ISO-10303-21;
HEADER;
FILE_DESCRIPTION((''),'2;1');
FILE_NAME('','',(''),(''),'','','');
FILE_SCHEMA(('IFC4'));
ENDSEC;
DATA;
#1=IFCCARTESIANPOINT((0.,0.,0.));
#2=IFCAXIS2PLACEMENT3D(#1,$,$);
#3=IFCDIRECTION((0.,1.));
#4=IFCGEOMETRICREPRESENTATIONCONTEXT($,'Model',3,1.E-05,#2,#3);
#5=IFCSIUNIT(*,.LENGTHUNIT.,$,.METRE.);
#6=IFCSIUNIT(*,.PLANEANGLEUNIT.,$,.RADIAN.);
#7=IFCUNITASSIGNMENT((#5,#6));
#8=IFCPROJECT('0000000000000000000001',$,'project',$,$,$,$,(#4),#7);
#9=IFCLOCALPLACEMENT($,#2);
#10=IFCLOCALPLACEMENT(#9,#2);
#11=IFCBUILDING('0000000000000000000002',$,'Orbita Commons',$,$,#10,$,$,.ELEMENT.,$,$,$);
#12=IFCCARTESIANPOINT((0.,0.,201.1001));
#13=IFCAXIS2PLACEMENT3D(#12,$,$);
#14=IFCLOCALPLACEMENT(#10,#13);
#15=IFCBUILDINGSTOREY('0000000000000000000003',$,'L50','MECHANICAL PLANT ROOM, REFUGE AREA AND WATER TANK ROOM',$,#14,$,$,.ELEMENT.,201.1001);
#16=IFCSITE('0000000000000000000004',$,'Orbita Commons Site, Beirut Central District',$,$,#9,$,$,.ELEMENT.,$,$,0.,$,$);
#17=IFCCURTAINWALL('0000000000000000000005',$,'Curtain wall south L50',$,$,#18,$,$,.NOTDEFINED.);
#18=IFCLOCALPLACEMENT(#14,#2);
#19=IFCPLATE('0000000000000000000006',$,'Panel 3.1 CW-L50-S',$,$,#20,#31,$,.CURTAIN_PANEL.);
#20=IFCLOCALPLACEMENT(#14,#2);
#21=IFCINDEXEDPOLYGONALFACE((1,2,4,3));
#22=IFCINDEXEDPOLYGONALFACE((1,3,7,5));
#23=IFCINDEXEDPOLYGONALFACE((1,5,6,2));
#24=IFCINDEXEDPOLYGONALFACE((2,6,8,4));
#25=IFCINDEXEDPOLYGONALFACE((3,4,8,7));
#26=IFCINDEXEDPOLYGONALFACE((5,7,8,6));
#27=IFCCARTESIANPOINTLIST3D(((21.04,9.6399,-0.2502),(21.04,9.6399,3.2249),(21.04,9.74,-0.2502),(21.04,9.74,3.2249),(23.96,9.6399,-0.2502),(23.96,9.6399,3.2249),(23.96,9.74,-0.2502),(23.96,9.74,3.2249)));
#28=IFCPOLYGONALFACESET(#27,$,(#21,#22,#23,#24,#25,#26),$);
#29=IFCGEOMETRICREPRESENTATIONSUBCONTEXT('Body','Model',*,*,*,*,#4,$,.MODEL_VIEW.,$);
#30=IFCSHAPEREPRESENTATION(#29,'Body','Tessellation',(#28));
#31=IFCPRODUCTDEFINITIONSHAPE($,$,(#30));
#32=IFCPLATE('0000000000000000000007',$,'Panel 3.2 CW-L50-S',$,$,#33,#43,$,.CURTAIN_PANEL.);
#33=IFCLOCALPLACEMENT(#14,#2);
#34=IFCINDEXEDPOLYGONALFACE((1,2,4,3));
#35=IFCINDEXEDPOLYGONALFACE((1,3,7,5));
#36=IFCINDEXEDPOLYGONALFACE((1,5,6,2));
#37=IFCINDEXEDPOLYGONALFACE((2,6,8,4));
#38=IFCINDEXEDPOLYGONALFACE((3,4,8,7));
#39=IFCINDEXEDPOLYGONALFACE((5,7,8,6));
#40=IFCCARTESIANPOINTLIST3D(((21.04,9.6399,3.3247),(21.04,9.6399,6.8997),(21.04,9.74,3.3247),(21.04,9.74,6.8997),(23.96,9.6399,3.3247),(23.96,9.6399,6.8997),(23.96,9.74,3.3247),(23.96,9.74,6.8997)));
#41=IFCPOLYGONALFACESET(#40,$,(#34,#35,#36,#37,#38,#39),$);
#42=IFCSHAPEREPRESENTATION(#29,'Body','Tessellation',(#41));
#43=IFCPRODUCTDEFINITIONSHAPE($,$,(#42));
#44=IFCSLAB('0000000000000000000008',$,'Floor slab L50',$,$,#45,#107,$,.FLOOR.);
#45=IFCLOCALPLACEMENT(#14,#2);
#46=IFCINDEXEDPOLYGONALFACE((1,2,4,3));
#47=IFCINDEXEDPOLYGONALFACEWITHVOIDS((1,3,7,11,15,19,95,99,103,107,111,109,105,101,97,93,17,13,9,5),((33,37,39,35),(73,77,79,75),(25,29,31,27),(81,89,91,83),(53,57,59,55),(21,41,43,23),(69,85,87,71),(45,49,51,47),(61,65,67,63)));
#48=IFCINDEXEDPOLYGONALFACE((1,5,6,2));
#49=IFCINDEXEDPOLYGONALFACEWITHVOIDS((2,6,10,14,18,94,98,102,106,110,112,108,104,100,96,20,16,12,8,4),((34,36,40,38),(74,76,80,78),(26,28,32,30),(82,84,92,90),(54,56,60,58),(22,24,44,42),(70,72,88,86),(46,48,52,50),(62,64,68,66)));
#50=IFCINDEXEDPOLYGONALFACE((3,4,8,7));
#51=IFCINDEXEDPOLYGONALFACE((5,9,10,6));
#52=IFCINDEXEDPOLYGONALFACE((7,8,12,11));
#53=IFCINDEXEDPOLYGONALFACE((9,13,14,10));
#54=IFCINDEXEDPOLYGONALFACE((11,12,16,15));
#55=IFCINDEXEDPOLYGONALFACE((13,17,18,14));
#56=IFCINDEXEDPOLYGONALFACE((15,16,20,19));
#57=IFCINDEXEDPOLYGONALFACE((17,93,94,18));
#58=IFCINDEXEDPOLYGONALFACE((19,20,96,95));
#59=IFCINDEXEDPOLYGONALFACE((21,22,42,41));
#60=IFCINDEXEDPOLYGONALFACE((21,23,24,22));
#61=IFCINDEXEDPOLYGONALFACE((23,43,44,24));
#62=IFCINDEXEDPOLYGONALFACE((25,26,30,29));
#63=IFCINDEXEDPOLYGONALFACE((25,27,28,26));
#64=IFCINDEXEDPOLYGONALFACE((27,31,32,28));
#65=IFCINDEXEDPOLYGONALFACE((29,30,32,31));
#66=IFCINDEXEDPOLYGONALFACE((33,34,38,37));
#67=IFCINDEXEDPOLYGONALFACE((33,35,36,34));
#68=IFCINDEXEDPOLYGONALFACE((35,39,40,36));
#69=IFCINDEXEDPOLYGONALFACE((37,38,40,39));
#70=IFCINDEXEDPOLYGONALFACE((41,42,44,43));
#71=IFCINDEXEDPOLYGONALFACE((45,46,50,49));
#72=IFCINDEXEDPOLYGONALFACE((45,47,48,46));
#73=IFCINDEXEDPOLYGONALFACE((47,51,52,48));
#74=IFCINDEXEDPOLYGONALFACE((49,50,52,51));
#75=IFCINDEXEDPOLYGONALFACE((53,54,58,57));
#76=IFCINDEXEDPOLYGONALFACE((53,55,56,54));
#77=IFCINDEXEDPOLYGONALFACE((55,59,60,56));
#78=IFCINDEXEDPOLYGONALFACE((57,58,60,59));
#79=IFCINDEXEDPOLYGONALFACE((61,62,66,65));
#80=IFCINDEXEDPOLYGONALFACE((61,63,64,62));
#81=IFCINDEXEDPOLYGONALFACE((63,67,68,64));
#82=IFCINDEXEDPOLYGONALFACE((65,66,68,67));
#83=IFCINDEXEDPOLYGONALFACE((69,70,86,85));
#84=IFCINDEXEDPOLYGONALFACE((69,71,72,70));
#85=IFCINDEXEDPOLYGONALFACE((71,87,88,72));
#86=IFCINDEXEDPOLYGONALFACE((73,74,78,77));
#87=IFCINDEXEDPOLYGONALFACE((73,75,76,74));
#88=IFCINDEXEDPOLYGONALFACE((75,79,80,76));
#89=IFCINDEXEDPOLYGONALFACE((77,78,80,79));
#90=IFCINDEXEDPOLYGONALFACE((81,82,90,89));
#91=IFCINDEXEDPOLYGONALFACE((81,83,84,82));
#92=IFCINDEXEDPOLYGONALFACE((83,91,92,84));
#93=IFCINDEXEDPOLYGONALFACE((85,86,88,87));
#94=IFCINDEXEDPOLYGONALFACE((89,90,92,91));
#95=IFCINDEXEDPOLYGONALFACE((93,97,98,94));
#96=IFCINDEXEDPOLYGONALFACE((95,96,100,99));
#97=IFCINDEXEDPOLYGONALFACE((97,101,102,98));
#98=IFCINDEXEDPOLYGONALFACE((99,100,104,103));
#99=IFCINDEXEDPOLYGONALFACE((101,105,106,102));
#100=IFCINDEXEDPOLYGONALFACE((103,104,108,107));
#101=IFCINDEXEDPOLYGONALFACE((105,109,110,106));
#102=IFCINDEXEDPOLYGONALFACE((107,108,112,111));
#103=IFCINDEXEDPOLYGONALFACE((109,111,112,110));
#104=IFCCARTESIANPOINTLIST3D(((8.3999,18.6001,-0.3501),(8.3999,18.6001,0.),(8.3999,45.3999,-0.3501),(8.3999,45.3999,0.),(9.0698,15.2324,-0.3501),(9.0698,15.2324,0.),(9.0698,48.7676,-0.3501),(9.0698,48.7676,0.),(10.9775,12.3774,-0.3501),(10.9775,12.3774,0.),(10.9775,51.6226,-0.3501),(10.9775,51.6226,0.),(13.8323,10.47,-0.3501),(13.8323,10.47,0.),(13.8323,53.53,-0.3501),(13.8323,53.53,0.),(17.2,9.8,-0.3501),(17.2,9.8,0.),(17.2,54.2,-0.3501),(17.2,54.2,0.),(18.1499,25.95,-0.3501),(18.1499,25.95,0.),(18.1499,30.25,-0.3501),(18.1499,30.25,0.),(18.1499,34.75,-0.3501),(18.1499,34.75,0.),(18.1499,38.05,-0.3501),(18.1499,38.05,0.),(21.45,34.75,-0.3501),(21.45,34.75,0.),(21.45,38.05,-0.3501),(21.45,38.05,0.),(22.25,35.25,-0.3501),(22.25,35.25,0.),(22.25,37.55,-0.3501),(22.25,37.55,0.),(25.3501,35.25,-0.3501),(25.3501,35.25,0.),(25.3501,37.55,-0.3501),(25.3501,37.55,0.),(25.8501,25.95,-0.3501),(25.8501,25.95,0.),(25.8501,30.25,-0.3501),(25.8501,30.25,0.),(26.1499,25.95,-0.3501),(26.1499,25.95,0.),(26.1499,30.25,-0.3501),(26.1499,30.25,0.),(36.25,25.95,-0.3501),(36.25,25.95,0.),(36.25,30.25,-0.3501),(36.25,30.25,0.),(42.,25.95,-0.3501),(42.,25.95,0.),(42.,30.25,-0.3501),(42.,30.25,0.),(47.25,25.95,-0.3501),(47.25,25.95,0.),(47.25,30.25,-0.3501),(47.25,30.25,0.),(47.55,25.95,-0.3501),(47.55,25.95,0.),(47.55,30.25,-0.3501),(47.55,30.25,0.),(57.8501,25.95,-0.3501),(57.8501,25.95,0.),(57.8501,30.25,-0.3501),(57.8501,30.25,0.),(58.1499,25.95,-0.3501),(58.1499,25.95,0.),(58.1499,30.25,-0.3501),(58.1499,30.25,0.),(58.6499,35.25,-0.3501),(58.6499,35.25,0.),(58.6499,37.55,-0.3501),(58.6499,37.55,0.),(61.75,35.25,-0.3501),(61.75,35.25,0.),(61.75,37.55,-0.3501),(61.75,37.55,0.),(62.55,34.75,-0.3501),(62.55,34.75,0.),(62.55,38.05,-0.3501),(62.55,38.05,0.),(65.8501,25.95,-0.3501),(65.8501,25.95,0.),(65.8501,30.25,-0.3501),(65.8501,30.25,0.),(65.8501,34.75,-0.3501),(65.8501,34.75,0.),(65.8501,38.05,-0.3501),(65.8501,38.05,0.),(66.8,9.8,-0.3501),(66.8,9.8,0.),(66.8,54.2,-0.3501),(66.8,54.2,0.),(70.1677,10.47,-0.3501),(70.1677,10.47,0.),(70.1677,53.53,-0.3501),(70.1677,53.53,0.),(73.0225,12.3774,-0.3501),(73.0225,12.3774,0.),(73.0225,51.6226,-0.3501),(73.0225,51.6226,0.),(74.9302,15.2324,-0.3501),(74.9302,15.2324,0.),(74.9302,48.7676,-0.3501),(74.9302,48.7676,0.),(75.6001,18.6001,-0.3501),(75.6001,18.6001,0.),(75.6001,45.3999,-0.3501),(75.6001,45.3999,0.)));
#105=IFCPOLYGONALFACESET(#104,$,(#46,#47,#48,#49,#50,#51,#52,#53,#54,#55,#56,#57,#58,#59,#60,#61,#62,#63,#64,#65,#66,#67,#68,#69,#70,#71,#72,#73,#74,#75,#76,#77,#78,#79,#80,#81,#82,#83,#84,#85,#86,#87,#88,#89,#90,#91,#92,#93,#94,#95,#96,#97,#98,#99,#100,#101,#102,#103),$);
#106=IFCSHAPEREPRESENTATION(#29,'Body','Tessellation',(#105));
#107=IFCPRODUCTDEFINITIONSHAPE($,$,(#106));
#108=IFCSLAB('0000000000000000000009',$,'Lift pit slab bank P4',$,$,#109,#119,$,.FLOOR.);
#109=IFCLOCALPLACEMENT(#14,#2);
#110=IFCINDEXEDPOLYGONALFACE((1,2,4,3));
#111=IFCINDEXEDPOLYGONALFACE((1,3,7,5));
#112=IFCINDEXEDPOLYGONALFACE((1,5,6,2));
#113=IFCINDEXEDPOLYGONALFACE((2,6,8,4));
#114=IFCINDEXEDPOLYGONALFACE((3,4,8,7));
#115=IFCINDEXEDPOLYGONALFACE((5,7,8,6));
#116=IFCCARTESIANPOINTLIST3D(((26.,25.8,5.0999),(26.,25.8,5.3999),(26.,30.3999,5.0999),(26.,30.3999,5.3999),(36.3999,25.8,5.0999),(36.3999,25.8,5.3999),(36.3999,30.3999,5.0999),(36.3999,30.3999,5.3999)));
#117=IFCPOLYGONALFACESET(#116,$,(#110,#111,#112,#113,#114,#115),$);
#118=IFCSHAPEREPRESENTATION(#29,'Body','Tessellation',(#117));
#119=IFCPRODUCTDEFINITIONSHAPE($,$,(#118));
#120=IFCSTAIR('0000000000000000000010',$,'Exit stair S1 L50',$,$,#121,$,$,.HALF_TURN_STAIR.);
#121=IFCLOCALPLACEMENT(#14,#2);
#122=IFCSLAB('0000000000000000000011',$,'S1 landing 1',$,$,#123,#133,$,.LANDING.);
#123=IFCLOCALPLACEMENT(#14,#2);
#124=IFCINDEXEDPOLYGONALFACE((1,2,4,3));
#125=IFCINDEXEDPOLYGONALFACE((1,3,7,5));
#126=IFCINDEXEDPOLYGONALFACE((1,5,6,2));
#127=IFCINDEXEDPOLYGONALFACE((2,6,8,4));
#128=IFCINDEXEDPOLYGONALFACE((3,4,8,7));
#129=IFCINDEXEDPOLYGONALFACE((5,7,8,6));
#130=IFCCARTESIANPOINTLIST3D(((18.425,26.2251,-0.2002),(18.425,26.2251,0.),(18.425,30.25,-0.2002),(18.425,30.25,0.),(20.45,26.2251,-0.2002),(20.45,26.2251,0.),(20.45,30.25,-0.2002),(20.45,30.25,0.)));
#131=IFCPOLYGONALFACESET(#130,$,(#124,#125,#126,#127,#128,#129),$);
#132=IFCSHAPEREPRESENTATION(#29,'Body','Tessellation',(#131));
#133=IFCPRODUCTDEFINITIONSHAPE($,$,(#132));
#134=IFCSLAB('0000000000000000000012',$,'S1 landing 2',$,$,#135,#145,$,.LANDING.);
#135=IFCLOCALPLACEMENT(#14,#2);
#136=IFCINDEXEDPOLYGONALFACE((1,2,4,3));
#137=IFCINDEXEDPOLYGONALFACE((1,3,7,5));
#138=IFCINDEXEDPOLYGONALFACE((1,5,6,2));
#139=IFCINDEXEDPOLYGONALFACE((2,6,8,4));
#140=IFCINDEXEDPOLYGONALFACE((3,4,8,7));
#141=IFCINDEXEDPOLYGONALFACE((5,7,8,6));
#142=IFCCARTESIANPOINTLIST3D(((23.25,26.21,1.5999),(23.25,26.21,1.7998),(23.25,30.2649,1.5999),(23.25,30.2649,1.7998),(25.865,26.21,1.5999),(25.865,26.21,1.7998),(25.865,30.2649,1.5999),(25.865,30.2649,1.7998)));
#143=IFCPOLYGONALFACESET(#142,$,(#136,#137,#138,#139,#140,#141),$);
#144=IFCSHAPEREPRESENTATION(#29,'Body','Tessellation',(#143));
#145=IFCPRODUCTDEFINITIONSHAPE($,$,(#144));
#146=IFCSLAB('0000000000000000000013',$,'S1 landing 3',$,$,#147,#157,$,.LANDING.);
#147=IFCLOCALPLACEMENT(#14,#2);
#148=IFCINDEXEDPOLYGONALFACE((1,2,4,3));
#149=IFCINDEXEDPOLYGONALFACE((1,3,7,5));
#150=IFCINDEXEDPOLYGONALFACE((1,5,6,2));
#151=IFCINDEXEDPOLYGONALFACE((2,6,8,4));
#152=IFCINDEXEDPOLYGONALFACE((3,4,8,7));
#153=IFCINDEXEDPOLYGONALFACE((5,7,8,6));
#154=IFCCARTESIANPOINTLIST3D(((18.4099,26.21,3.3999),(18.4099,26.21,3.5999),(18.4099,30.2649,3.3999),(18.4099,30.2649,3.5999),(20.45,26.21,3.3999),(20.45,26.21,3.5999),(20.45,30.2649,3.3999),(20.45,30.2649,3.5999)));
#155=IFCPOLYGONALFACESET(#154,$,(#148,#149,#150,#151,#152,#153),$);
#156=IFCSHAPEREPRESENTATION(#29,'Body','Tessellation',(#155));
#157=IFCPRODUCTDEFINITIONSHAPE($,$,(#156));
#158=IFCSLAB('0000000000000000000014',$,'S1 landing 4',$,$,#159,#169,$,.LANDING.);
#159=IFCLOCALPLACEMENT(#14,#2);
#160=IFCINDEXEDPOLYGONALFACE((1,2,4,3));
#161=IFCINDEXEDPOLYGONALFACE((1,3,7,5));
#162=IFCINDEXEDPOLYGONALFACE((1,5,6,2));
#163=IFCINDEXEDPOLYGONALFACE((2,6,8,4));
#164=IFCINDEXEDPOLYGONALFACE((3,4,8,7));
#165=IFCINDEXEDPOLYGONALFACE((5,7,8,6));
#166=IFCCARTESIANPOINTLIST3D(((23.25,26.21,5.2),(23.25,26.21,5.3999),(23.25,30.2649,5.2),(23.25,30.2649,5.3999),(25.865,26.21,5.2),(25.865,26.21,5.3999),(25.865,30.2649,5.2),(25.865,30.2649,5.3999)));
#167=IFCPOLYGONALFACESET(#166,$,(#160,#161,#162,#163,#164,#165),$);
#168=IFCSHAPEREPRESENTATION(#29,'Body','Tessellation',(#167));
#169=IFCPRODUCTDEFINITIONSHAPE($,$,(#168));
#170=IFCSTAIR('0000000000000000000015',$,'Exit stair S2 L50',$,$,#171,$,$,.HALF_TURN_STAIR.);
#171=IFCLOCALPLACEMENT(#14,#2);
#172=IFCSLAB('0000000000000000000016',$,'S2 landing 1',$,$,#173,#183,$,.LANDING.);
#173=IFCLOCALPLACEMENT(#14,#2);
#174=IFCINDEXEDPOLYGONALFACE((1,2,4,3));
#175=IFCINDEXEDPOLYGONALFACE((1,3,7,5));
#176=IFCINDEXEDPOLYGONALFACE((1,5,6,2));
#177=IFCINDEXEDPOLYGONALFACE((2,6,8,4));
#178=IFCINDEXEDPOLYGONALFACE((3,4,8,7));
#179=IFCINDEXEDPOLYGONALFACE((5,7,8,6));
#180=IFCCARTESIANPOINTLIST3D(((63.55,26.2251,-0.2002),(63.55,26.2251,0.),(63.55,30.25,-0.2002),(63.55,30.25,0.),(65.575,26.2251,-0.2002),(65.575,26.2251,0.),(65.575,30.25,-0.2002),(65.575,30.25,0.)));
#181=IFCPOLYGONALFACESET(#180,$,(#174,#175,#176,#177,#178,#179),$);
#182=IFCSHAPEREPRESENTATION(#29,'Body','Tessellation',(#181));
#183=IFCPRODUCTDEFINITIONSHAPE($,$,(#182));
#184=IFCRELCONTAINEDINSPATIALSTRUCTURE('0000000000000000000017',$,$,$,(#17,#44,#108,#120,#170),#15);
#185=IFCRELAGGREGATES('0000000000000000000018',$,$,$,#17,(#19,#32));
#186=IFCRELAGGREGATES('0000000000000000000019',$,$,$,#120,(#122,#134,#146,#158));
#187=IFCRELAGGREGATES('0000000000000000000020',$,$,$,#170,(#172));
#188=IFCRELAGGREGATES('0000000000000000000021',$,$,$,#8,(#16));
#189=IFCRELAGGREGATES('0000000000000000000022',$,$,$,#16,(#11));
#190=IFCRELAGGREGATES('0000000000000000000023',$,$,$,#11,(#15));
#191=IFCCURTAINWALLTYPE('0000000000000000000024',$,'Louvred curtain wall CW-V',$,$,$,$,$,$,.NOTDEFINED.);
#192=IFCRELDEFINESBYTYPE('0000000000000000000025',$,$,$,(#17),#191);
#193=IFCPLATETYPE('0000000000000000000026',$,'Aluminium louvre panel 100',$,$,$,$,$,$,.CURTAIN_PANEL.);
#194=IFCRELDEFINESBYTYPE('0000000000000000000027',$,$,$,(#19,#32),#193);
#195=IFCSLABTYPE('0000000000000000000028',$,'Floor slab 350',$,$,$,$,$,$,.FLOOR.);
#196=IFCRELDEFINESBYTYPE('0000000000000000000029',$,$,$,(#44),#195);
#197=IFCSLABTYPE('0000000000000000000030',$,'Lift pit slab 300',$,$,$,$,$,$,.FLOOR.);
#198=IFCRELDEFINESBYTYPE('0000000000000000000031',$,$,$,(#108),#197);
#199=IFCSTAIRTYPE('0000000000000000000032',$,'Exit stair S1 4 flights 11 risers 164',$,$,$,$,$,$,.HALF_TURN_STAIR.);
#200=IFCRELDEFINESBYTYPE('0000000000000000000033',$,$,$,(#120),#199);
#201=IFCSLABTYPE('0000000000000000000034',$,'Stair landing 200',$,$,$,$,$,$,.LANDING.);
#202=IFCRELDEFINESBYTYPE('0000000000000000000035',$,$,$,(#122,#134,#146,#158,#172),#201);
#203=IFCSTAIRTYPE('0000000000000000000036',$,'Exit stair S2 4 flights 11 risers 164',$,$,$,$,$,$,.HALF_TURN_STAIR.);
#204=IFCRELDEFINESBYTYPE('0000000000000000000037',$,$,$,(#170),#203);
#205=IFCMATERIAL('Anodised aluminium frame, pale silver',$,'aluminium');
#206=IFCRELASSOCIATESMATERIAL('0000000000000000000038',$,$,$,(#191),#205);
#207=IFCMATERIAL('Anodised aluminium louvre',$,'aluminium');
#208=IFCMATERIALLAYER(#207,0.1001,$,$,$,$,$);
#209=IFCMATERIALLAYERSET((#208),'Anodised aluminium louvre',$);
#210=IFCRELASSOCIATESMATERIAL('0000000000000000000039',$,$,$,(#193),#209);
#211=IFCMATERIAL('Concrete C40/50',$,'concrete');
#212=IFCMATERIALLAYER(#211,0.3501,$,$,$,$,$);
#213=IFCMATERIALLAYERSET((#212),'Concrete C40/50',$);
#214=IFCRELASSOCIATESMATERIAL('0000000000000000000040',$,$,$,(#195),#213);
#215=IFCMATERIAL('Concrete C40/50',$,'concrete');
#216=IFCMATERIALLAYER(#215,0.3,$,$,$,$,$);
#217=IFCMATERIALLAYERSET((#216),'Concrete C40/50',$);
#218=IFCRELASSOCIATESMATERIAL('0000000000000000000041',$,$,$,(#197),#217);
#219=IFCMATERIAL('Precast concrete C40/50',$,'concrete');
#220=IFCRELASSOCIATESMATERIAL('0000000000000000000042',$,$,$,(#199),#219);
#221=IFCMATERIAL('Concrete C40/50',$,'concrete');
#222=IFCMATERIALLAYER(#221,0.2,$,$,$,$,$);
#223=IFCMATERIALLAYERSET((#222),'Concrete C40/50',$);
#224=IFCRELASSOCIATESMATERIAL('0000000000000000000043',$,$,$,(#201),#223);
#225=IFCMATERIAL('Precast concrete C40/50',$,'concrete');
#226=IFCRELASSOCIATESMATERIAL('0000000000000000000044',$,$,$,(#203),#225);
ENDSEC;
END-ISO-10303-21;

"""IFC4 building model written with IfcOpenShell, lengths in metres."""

from ifc_helpers import new_model, si_unit, direction, frame, origin, origin_2d, place, context, subcontext, project, spatial, polyline, rectangle, outline, extrude, material, layer, layer_set, type_object, element, aggregate, save


model = new_model("IFC4")

# Units and contexts
model_context = context("Model", 3, precision=1e-05, world=origin(), true_north=direction((0.0, 1.0)))
body_context = subcontext(model_context, "Body", "Model", "MODEL_VIEW")
ifc_project = project(units=[si_unit("LENGTHUNIT", "METRE"), si_unit("PLANEANGLEUNIT", "RADIAN")], contexts=[model_context])

# Site, building, storey
site_placement = place(None, origin())
site = spatial("IfcSite", under=ifc_project, at=site_placement, Name="Orbita Commons Site, Beirut Central District", CompositionType="ELEMENT", RefElevation=0.0)
building_placement = place(site_placement, origin())
building = spatial("IfcBuilding", under=site, at=building_placement, Name="Orbita Commons", CompositionType="ELEMENT")
storey_placement = place(building_placement, frame((0.0, 0.0, 201.1001)))
storey = spatial("IfcBuildingStorey", under=building, at=storey_placement, Name="L50", Description="MECHANICAL PLANT ROOM, REFUGE AREA AND WATER TANK ROOM", CompositionType="ELEMENT", Elevation=201.1001)

# Curtain wall, plates
ifc_material_1 = material(Name="Anodised aluminium frame, pale silver", Category="aluminium")
curtain_wall_type = type_object("IfcCurtainWallType", Name="Louvred curtain wall CW-V", PredefinedType="NOTDEFINED", material=ifc_material_1)
curtain_wall_placement = place(storey_placement, origin())
curtain_wall = element("IfcCurtainWall", 1, at=curtain_wall_placement, inside=storey, type_object=curtain_wall_type, Name="Curtain wall south L50", PredefinedType="NOTDEFINED")
ifc_material_2 = material(Name="Anodised aluminium louvre", Category="aluminium")
ifc_layer_1 = layer(ifc_material_2, 0.1001)
ifc_layer_set_1 = layer_set([ifc_layer_1], Name="Anodised aluminium louvre")
plate_type = type_object("IfcPlateType", Name="Aluminium louvre panel 100", PredefinedType="CURTAIN_PANEL", material=ifc_layer_set_1)
plate_1_placement = place(storey_placement, frame((22.5, 9.6899, -0.2502), z_axis=(0.0, 0.0, 1.0), x_axis=(1.0, 0.0, 0.0)))
plate_1 = element("IfcPlate", 2, at=plate_1_placement, type_object=plate_type, Name="Panel 3.1 CW-L50-S", PredefinedType="CURTAIN_PANEL", context=body_context, shape_type="SweptSolid", body=[
    extrude(rectangle(XDim=2.9199, YDim=0.1001, at=origin_2d()), origin(), (0.0, 0.0, 1.0), 3.4751),
])
plate_2_placement = place(storey_placement, frame((22.5, 9.6899, 3.3247), z_axis=(0.0, 0.0, 1.0), x_axis=(1.0, 0.0, 0.0)))
plate_2 = element("IfcPlate", 3, at=plate_2_placement, type_object=plate_type, Name="Panel 3.2 CW-L50-S", PredefinedType="CURTAIN_PANEL", context=body_context, shape_type="SweptSolid", body=[
    extrude(rectangle(XDim=2.9199, YDim=0.1001, at=origin_2d()), origin(), (0.0, 0.0, 1.0), 3.575),
])
aggregate(curtain_wall, [plate_1, plate_2])

# Slabs
ifc_material_3 = material(Name="Concrete C40/50", Category="concrete")
ifc_layer_2 = layer(ifc_material_3, 0.3501)
ifc_layer_set_2 = layer_set([ifc_layer_2], Name="Concrete C40/50")
slab_type_1 = type_object("IfcSlabType", Name="Floor slab 350", PredefinedType="FLOOR", material=ifc_layer_set_2)
slab_1_placement = place(storey_placement, frame((0.0, 0.0, -0.3501)))
element("IfcSlab", 4, at=slab_1_placement, inside=storey, type_object=slab_type_1, Name="Floor slab L50", PredefinedType="FLOOR", context=body_context, shape_type="SweptSolid", body=[
    extrude(outline(polyline([(66.8, 9.8), (70.1677, 10.47), (73.0225, 12.3774), (74.9302, 15.2324), (75.6001, 18.6001), (75.6001, 45.3999), (74.9302, 48.7676), (73.0225, 51.6226), (70.1677, 53.53), (66.8, 54.2), (17.2, 54.2), (13.8323, 53.53), (10.9775, 51.6226), (9.0698, 48.7676), (8.3999, 45.3999), (8.3999, 18.6001), (9.0698, 15.2324), (10.9775, 12.3774), (13.8323, 10.47), (17.2, 9.8), (66.8, 9.8)]), holes=[polyline([(18.1499, 25.95), (25.8501, 25.95), (25.8501, 30.25), (18.1499, 30.25), (18.1499, 25.95)]), polyline([(58.1499, 25.95), (65.8501, 25.95), (65.8501, 30.25), (58.1499, 30.25), (58.1499, 25.95)]), polyline([(18.1499, 34.75), (21.45, 34.75), (21.45, 38.05), (18.1499, 38.05), (18.1499, 34.75)]), polyline([(62.55, 34.75), (65.8501, 34.75), (65.8501, 38.05), (62.55, 38.05), (62.55, 34.75)]), polyline([(22.25, 35.25), (25.3501, 35.25), (25.3501, 37.55), (22.25, 37.55), (22.25, 35.25)]), polyline([(58.6499, 35.25), (61.75, 35.25), (61.75, 37.55), (58.6499, 37.55), (58.6499, 35.25)]), polyline([(26.1499, 25.95), (36.25, 25.95), (36.25, 30.25), (26.1499, 30.25), (26.1499, 25.95)]), polyline([(42.0, 25.95), (47.25, 25.95), (47.25, 30.25), (42.0, 30.25), (42.0, 25.95)]), polyline([(47.55, 25.95), (57.8501, 25.95), (57.8501, 30.25), (47.55, 30.25), (47.55, 25.95)])]), origin(), (0.0, 0.0, 1.0), 0.3501),
])
ifc_material_4 = material(Name="Concrete C40/50", Category="concrete")
ifc_layer_3 = layer(ifc_material_4, 0.3)
ifc_layer_set_3 = layer_set([ifc_layer_3], Name="Concrete C40/50")
slab_type_2 = type_object("IfcSlabType", Name="Lift pit slab 300", PredefinedType="FLOOR", material=ifc_layer_set_3)
slab_2_placement = place(storey_placement, frame((0.0, 0.0, 5.0999)))
element("IfcSlab", 5, at=slab_2_placement, inside=storey, type_object=slab_type_2, Name="Lift pit slab bank P4", PredefinedType="FLOOR", context=body_context, shape_type="SweptSolid", body=[
    extrude(outline(polyline([(26.0, 25.8), (36.3999, 25.8), (36.3999, 30.3999), (26.0, 30.3999), (26.0, 25.8)])), origin(), (0.0, 0.0, 1.0), 0.3),
])

# Stairs, slabs
ifc_material_5 = material(Name="Precast concrete C40/50", Category="concrete")
stair_type_1 = type_object("IfcStairType", Name="Exit stair S1 4 flights 11 risers 164", PredefinedType="HALF_TURN_STAIR", material=ifc_material_5)
stair_1_placement = place(storey_placement, origin())
stair_1 = element("IfcStair", 6, at=stair_1_placement, inside=storey, type_object=stair_type_1, Name="Exit stair S1 L50", PredefinedType="HALF_TURN_STAIR")
ifc_material_6 = material(Name="Concrete C40/50", Category="concrete")
ifc_layer_4 = layer(ifc_material_6, 0.2)
ifc_layer_set_4 = layer_set([ifc_layer_4], Name="Concrete C40/50")
slab_type_3 = type_object("IfcSlabType", Name="Stair landing 200", PredefinedType="LANDING", material=ifc_layer_set_4)
slab_3_placement = place(storey_placement, frame((0.0, 0.0, -0.2002)))
slab_3 = element("IfcSlab", 7, at=slab_3_placement, type_object=slab_type_3, Name="S1 landing 1", PredefinedType="LANDING", context=body_context, shape_type="SweptSolid", body=[
    extrude(outline(polyline([(18.425, 26.2251), (20.45, 26.2251), (20.45, 30.25), (18.425, 30.25), (18.425, 26.2251)])), origin(), (0.0, 0.0, 1.0), 0.2002),
])
slab_4_placement = place(storey_placement, frame((0.0, 0.0, 1.5999)))
slab_4 = element("IfcSlab", 8, at=slab_4_placement, type_object=slab_type_3, Name="S1 landing 2", PredefinedType="LANDING", context=body_context, shape_type="SweptSolid", body=[
    extrude(outline(polyline([(23.25, 26.21), (25.865, 26.21), (25.865, 30.2649), (23.25, 30.2649), (23.25, 26.21)])), origin(), (0.0, 0.0, 1.0), 0.2),
])
slab_5_placement = place(storey_placement, frame((0.0, 0.0, 3.3999)))
slab_5 = element("IfcSlab", 9, at=slab_5_placement, type_object=slab_type_3, Name="S1 landing 3", PredefinedType="LANDING", context=body_context, shape_type="SweptSolid", body=[
    extrude(outline(polyline([(18.4099, 26.21), (20.45, 26.21), (20.45, 30.2649), (18.4099, 30.2649), (18.4099, 26.21)])), origin(), (0.0, 0.0, 1.0), 0.2),
])
slab_6_placement = place(storey_placement, frame((0.0, 0.0, 5.2)))
slab_6 = element("IfcSlab", 10, at=slab_6_placement, type_object=slab_type_3, Name="S1 landing 4", PredefinedType="LANDING", context=body_context, shape_type="SweptSolid", body=[
    extrude(outline(polyline([(23.25, 26.21), (25.865, 26.21), (25.865, 30.2649), (23.25, 30.2649), (23.25, 26.21)])), origin(), (0.0, 0.0, 1.0), 0.2),
])
aggregate(stair_1, [slab_3, slab_4, slab_5, slab_6])
ifc_material_7 = material(Name="Precast concrete C40/50", Category="concrete")
stair_type_2 = type_object("IfcStairType", Name="Exit stair S2 4 flights 11 risers 164", PredefinedType="HALF_TURN_STAIR", material=ifc_material_7)
stair_2_placement = place(storey_placement, origin())
stair_2 = element("IfcStair", 11, at=stair_2_placement, inside=storey, type_object=stair_type_2, Name="Exit stair S2 L50", PredefinedType="HALF_TURN_STAIR")
slab_7_placement = place(storey_placement, frame((0.0, 0.0, -0.2002)))
slab_7 = element("IfcSlab", 12, at=slab_7_placement, type_object=slab_type_3, Name="S2 landing 1", PredefinedType="LANDING", context=body_context, shape_type="SweptSolid", body=[
    extrude(outline(polyline([(63.55, 26.2251), (65.575, 26.2251), (65.575, 30.25), (63.55, 30.25), (63.55, 26.2251)])), origin(), (0.0, 0.0, 1.0), 0.2002),
])
aggregate(stair_2, [slab_7])

save(model, "model.ifc")
